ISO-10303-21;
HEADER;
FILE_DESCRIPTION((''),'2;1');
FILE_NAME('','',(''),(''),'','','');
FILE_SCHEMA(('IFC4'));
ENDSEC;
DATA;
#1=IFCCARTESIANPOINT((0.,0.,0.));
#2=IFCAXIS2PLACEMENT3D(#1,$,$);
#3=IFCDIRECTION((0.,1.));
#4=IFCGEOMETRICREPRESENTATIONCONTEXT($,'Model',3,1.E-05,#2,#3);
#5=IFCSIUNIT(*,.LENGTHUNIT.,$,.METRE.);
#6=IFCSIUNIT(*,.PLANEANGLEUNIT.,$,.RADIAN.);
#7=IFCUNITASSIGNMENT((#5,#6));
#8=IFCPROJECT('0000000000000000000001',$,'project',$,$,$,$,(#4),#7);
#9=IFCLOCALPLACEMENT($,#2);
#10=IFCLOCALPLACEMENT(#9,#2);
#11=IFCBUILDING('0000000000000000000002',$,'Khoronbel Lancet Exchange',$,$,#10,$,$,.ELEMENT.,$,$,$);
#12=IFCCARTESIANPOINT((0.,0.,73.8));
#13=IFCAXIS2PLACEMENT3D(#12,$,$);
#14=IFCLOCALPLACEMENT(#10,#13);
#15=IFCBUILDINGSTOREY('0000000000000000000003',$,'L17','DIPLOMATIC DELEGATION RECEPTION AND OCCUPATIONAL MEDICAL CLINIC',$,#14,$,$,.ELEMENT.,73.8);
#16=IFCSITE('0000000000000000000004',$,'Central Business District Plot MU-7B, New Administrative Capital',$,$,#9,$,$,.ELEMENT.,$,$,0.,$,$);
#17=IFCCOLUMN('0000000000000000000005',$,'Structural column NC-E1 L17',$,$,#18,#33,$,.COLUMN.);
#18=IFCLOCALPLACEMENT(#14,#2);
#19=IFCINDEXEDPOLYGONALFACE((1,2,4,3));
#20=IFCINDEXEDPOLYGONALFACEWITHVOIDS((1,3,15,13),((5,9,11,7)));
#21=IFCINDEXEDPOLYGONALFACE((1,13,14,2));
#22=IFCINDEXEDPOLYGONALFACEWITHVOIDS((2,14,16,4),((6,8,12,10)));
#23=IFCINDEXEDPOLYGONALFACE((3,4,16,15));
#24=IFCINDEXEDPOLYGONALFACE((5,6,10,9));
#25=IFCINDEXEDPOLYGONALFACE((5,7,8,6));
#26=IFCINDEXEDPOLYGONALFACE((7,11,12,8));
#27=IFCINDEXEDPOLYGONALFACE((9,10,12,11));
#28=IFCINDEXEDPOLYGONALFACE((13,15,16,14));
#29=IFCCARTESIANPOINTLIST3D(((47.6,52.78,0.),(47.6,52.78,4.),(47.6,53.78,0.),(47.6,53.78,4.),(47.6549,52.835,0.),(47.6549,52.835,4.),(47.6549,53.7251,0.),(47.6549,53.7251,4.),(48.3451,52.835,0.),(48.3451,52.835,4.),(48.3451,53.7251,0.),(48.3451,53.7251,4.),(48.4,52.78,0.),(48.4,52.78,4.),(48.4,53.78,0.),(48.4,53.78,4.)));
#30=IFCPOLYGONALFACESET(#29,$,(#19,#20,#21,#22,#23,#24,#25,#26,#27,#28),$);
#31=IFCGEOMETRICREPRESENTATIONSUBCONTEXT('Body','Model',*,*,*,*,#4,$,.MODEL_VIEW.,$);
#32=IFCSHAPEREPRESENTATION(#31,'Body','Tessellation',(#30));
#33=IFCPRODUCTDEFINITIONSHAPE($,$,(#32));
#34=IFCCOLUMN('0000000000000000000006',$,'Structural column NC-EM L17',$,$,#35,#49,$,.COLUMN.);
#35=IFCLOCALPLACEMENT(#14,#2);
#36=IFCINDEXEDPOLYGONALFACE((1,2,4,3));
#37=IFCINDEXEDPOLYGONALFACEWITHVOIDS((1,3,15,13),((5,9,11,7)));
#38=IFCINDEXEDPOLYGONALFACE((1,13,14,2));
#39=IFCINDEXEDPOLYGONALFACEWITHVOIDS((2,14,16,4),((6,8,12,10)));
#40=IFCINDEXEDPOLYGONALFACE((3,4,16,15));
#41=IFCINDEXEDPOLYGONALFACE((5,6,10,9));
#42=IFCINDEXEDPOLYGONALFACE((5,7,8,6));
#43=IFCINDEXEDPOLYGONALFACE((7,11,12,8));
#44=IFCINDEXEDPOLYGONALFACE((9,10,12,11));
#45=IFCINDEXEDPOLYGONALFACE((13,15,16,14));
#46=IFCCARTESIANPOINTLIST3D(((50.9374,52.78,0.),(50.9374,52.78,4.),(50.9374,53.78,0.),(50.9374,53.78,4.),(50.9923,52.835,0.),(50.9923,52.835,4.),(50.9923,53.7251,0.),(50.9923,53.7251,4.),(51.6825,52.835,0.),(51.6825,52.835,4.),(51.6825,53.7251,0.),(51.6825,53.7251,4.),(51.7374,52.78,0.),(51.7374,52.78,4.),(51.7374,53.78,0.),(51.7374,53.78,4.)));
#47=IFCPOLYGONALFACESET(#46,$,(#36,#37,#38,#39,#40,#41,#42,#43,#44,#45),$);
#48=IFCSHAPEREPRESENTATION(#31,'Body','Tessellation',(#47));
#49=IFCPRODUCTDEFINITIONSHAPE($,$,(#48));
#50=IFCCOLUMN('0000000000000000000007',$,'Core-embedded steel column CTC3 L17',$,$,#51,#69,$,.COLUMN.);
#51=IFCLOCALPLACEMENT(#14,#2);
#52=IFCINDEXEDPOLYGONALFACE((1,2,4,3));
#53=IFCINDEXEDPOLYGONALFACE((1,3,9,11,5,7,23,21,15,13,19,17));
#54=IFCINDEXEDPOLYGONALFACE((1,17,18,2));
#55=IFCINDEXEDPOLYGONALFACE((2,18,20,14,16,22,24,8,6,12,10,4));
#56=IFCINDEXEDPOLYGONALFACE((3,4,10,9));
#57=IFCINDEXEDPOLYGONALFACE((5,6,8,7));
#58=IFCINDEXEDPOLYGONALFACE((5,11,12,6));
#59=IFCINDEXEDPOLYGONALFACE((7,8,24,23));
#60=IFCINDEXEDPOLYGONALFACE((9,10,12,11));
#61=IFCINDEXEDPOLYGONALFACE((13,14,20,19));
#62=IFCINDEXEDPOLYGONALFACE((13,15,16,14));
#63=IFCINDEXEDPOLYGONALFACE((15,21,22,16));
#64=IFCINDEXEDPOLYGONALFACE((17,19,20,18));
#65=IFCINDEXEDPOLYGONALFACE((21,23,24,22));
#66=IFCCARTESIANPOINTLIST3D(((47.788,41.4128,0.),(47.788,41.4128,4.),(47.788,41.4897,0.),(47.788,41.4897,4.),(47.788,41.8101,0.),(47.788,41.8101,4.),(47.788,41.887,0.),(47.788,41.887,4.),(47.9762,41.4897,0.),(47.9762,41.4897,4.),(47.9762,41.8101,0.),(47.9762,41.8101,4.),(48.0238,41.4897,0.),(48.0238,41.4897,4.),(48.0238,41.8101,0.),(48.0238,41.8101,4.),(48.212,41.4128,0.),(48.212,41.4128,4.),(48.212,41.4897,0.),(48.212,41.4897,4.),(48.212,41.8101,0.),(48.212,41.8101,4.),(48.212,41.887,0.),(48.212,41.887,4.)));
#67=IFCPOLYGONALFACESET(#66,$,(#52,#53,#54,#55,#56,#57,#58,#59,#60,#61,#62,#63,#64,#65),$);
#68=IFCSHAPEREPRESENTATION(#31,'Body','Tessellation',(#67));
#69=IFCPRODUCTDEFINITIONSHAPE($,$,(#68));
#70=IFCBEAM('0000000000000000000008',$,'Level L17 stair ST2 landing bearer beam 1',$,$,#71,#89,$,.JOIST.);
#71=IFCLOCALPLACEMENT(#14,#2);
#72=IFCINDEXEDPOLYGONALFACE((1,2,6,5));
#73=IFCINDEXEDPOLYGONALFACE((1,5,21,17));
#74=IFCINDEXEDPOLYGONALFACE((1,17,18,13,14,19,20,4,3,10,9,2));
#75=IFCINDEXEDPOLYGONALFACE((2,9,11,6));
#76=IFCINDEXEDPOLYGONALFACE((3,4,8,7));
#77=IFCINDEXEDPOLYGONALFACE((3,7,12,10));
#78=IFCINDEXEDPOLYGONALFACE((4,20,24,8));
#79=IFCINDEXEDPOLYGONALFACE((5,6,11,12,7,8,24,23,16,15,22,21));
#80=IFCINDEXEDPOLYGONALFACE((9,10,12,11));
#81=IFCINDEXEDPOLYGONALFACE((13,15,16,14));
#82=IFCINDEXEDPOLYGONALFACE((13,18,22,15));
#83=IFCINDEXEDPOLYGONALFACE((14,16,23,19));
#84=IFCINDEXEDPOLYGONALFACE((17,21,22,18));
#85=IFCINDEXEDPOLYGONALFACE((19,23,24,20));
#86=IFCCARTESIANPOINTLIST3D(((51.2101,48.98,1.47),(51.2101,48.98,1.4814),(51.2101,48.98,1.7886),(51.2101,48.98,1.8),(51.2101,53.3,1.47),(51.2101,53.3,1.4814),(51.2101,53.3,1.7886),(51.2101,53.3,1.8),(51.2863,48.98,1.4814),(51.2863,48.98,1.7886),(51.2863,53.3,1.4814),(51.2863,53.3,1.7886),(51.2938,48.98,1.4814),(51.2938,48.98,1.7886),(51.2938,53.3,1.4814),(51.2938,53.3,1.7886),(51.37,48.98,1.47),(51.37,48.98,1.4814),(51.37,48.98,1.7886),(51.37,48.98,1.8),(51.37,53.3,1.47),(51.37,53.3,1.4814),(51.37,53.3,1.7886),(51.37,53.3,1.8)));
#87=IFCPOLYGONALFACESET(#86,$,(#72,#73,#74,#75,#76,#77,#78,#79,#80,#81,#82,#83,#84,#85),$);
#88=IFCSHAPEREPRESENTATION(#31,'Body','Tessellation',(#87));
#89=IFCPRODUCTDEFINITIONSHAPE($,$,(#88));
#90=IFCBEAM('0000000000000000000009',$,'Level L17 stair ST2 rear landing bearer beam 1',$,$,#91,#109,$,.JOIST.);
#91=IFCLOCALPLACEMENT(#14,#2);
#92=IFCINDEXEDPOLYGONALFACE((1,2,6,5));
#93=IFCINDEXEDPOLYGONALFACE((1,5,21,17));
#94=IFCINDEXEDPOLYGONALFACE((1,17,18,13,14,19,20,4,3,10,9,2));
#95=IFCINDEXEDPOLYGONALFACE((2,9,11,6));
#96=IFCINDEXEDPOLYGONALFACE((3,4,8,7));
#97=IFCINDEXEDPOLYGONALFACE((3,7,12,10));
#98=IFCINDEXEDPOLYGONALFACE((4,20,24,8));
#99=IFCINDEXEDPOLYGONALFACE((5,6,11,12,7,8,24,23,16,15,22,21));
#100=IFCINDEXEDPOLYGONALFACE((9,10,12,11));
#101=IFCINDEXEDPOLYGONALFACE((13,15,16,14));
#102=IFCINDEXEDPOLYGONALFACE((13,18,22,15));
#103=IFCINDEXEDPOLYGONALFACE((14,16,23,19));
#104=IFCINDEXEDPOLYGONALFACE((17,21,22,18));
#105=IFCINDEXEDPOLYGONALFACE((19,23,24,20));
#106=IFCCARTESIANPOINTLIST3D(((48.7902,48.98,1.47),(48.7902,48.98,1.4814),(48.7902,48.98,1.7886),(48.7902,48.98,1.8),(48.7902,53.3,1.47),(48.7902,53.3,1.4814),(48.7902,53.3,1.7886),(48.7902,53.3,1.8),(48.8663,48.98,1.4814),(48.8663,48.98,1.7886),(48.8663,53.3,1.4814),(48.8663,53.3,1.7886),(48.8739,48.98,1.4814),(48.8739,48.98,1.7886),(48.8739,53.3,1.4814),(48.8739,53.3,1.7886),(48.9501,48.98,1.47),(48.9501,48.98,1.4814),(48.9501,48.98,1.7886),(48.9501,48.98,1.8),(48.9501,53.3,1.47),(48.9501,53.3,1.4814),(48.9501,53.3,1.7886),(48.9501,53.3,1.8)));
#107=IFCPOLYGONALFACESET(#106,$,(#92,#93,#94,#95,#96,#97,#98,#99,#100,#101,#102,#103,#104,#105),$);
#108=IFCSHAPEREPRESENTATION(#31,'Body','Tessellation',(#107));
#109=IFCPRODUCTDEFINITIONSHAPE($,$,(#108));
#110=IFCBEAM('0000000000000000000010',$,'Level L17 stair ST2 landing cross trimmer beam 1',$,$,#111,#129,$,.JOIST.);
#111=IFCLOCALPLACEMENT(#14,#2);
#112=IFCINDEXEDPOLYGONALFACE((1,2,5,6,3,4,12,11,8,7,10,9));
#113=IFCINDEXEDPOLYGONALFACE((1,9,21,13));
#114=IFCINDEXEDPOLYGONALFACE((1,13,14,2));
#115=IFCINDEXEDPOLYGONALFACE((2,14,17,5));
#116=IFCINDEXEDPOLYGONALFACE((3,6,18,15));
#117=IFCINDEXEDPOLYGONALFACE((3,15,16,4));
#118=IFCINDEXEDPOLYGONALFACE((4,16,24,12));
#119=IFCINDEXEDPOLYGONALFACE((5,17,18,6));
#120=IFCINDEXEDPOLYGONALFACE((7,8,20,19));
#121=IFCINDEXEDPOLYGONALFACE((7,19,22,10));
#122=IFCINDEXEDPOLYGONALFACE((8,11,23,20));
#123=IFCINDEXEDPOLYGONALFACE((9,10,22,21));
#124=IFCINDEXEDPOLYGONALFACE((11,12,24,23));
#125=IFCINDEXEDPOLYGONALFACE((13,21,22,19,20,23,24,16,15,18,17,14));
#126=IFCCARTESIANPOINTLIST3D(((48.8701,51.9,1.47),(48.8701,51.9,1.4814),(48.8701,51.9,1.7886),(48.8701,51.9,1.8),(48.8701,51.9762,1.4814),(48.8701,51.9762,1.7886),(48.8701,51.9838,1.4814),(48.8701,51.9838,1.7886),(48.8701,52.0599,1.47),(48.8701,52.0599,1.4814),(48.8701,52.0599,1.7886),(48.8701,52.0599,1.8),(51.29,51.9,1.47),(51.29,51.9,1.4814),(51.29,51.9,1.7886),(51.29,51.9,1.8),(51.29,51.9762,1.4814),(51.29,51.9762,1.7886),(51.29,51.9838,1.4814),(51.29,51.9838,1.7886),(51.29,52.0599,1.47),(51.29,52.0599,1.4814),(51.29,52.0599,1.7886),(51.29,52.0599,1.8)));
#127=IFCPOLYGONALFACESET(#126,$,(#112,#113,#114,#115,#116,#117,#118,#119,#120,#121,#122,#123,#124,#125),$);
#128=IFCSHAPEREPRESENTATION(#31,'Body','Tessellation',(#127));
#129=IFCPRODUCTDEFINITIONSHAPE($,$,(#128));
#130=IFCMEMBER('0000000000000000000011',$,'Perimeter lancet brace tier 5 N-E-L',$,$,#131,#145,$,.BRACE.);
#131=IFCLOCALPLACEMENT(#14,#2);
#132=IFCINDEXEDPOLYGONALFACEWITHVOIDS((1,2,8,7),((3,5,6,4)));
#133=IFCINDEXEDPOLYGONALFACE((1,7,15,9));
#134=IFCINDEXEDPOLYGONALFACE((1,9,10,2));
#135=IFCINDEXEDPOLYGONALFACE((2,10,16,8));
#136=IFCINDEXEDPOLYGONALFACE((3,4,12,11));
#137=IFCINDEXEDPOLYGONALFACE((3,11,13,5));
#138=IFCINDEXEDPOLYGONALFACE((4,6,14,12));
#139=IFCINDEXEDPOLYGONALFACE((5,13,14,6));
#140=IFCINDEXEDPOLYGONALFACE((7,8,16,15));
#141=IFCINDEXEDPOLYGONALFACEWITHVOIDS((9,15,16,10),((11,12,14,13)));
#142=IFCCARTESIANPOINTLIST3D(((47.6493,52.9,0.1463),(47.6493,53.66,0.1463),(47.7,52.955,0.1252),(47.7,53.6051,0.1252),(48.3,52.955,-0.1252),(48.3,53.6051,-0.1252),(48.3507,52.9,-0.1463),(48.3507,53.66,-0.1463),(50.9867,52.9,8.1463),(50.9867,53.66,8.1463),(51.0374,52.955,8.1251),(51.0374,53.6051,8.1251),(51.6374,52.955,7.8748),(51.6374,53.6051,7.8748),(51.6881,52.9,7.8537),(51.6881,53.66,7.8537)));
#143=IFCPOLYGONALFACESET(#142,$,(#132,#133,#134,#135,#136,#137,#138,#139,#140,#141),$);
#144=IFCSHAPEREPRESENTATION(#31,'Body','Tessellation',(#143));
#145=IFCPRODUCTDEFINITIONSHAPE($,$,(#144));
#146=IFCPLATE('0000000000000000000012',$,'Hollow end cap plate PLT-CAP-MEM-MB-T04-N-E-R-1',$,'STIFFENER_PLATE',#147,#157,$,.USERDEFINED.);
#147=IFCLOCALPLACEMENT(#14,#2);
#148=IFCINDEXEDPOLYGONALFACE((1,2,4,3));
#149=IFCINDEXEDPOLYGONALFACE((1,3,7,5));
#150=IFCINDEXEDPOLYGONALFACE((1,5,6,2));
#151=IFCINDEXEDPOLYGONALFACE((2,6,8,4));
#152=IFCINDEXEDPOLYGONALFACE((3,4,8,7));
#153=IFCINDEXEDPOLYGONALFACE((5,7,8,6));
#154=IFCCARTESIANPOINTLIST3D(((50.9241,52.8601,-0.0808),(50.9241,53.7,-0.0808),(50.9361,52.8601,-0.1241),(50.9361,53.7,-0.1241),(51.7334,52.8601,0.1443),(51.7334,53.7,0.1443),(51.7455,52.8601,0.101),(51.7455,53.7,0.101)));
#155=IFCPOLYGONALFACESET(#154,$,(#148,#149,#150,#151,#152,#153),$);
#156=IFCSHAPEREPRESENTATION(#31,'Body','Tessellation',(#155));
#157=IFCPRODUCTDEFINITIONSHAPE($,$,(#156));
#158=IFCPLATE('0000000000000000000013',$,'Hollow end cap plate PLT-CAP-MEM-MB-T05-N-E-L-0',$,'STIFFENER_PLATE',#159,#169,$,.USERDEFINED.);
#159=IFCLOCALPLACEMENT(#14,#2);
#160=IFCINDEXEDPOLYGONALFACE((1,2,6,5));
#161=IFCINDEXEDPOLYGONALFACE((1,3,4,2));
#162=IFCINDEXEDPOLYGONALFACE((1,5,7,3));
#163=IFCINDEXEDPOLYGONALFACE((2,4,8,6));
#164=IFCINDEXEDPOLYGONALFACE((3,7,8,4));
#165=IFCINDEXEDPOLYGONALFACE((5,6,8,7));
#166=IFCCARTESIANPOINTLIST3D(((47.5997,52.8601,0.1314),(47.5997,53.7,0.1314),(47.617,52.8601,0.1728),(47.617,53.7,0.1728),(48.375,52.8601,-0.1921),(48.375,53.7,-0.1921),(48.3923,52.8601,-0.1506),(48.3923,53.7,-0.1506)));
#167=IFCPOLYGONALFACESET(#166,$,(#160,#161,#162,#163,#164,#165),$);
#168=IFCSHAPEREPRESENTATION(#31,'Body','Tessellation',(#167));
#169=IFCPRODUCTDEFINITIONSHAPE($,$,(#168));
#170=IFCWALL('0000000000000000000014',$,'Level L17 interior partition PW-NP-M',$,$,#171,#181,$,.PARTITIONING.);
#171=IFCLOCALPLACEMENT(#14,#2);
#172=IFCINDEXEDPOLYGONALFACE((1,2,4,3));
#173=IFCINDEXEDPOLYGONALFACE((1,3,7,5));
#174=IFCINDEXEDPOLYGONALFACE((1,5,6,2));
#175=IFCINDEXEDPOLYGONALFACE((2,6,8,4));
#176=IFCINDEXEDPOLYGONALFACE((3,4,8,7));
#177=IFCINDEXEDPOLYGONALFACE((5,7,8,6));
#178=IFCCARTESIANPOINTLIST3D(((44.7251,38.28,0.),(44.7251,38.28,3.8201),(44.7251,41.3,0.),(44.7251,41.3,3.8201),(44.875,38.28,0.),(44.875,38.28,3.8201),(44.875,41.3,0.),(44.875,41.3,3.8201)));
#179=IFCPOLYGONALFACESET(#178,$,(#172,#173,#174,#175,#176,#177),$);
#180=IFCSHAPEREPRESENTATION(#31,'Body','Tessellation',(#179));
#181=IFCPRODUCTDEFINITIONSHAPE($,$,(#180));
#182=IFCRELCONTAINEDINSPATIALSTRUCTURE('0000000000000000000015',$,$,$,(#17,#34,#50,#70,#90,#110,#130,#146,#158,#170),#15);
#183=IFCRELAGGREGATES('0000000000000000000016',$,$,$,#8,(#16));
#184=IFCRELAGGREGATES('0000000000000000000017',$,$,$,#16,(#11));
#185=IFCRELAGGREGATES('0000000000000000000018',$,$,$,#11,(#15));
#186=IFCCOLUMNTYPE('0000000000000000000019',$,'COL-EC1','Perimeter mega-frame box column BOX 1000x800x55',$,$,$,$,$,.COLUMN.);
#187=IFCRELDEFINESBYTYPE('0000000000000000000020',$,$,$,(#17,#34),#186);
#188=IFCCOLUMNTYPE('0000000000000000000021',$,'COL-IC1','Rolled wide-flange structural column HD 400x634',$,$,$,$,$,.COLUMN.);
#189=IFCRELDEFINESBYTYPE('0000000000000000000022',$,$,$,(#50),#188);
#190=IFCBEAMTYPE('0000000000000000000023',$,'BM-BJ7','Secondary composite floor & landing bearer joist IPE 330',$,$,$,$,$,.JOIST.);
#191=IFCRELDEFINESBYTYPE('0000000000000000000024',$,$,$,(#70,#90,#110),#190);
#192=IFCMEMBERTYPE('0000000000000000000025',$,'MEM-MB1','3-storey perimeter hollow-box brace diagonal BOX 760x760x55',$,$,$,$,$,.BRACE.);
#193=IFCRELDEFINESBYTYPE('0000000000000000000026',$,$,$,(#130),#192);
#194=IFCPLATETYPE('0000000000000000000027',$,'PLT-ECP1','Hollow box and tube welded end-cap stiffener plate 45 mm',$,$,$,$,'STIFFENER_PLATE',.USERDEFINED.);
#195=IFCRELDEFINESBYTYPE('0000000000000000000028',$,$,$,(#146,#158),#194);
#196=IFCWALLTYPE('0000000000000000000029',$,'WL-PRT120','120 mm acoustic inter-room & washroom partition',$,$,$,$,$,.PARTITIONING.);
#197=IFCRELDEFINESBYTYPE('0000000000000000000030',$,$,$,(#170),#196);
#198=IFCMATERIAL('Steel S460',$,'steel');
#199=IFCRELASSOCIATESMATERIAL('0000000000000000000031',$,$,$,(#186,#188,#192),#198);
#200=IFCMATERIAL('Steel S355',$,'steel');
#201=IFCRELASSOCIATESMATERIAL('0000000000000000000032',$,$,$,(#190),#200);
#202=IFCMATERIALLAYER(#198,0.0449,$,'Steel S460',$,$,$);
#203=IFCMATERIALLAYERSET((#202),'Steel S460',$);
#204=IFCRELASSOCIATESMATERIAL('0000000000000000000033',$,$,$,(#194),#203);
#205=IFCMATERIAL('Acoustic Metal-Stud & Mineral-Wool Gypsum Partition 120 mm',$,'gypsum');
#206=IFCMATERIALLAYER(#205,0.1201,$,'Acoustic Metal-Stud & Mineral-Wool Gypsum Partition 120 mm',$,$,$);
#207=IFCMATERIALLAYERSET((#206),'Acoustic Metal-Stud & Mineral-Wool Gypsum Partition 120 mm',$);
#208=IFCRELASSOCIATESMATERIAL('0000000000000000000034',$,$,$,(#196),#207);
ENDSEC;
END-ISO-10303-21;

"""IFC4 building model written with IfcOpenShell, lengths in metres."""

from ifc_helpers import new_model, si_unit, direction, frame, frame_2d, origin, origin_2d, place, context, subcontext, project, spatial, polyline, rectangle, hollow_rectangle, i_section, outline, extrude, material, layer, layer_set, material_profile, profile_set, type_object, element, save


model = new_model("IFC4")

# Units and contexts
model_context = context("Model", 3, precision=1e-05, world=origin(), true_north=direction((0.0, 1.0)))
body_context = subcontext(model_context, "Body", "Model", "MODEL_VIEW")
ifc_project = project(units=[si_unit("LENGTHUNIT", "METRE"), si_unit("PLANEANGLEUNIT", "RADIAN")], contexts=[model_context])

# Site, building, storey
site_placement = place(None, origin())
site = spatial("IfcSite", under=ifc_project, at=site_placement, Name="Central Business District Plot MU-7B, New Administrative Capital", CompositionType="ELEMENT", RefElevation=0.0)
building_placement = place(site_placement, origin())
building = spatial("IfcBuilding", under=site, at=building_placement, Name="Khoronbel Lancet Exchange", CompositionType="ELEMENT")
storey_placement = place(building_placement, frame((0.0, 0.0, 73.8)))
storey = spatial("IfcBuildingStorey", under=building, at=storey_placement, Name="L17", Description="DIPLOMATIC DELEGATION RECEPTION AND OCCUPATIONAL MEDICAL CLINIC", CompositionType="ELEMENT", Elevation=73.8)

# Columns
ifc_material_1 = material(Name="Steel S460", Category="steel")
ifc_material_profile_1 = material_profile(ifc_material_1, hollow_rectangle(XDim=0.8, YDim=1.0, WallThickness=0.0549, at=origin_2d()), Name="BOX 1000x800x55")
ifc_profile_set_1 = profile_set([ifc_material_profile_1], Name="Steel S460")
column_type_1 = type_object("IfcColumnType", Name="COL-EC1", Description="Perimeter mega-frame box column BOX 1000x800x55", PredefinedType="COLUMN", material=ifc_profile_set_1)
for number, where, z_axis, x_axis, name in (
    (1, (48.0, 53.28, 0.0), (0.0, 0.0, 1.0), (1.0, 0.0, 0.0), "Structural column NC-E1 L17"),
    (2, (51.3374, 53.28, 0.0), (0.0, 0.0, 1.0), (1.0, 0.0, 0.0), "Structural column NC-EM L17"),
):
    element("IfcColumn", number, at=place(storey_placement, frame(where, z_axis=z_axis, x_axis=x_axis)), inside=storey, type_object=column_type_1, Name=name, PredefinedType="COLUMN", context=body_context, shape_type="SweptSolid", body=[
        extrude(hollow_rectangle(XDim=0.8, YDim=1.0, WallThickness=0.0549, at=origin_2d()), origin(), (0.0, 0.0, 1.0), 4.0),
    ])
ifc_material_profile_2 = material_profile(ifc_material_1, i_section(OverallWidth=0.4241, OverallDepth=0.4741, WebThickness=0.0476, FlangeThickness=0.0769, at=origin_2d()), Name="HD 400x634")
ifc_profile_set_2 = profile_set([ifc_material_profile_2], Name="Steel S460")
column_type_2 = type_object("IfcColumnType", Name="COL-IC1", Description="Rolled wide-flange structural column HD 400x634", PredefinedType="COLUMN", material=ifc_profile_set_2)
column_placement = place(storey_placement, frame((48.0, 41.6499, 0.0), z_axis=(0.0, 0.0, 1.0), x_axis=(1.0, 0.0, 0.0)))
element("IfcColumn", 3, at=column_placement, inside=storey, type_object=column_type_2, Name="Core-embedded steel column CTC3 L17", PredefinedType="COLUMN", context=body_context, shape_type="SweptSolid", body=[
    extrude(i_section(OverallWidth=0.4241, OverallDepth=0.4741, WebThickness=0.0476, FlangeThickness=0.0769, at=origin_2d()), origin(), (0.0, 0.0, 1.0), 4.0),
])

# Beams
ifc_material_2 = material(Name="Steel S355", Category="steel")
ifc_material_profile_3 = material_profile(ifc_material_2, i_section(OverallWidth=0.1599, OverallDepth=0.3301, WebThickness=0.0076, FlangeThickness=0.0115, at=origin_2d()), Name="IPE 330")
ifc_profile_set_3 = profile_set([ifc_material_profile_3], Name="Steel S355")
beam_type = type_object("IfcBeamType", Name="BM-BJ7", Description="Secondary composite floor & landing bearer joist IPE 330", PredefinedType="JOIST", material=ifc_profile_set_3)
for number, where, z_axis, x_axis, name in (
    (4, (51.29, 48.98, 1.635), (0.0, 1.0, 0.0), (-1.0, 0.0, 0.0), "Level L17 stair ST2 landing bearer beam 1"),
    (5, (48.8701, 48.98, 1.635), (0.0, 1.0, 0.0), (-1.0, 0.0, 0.0), "Level L17 stair ST2 rear landing bearer beam 1"),
):
    element("IfcBeam", number, at=place(storey_placement, frame(where, z_axis=z_axis, x_axis=x_axis)), inside=storey, type_object=beam_type, Name=name, PredefinedType="JOIST", context=body_context, shape_type="SweptSolid", body=[
        extrude(i_section(OverallWidth=0.1599, OverallDepth=0.3301, WebThickness=0.0076, FlangeThickness=0.0115, at=origin_2d()), origin(), (0.0, 0.0, 1.0), 4.3201),
    ])
beam_placement = place(storey_placement, frame((48.8701, 51.98, 1.635), z_axis=(1.0, 0.0, 0.0), x_axis=(0.0, 1.0, 0.0)))
element("IfcBeam", 6, at=beam_placement, inside=storey, type_object=beam_type, Name="Level L17 stair ST2 landing cross trimmer beam 1", PredefinedType="JOIST", context=body_context, shape_type="SweptSolid", body=[
    extrude(i_section(OverallWidth=0.1599, OverallDepth=0.3301, WebThickness=0.0076, FlangeThickness=0.0115, at=origin_2d()), origin(), (0.0, 0.0, 1.0), 2.4199),
])

# Member
ifc_material_profile_4 = material_profile(ifc_material_1, hollow_rectangle(XDim=0.76, YDim=0.76, WallThickness=0.0549, at=origin_2d()), Name="BOX 760x760x55")
ifc_profile_set_4 = profile_set([ifc_material_profile_4], Name="Steel S460")
member_type = type_object("IfcMemberType", Name="MEM-MB1", Description="3-storey perimeter hollow-box brace diagonal BOX 760x760x55", PredefinedType="BRACE", material=ifc_profile_set_4)
member_placement = place(storey_placement, frame((48.0, 53.28, 0.0), z_axis=(0.385015, 0.0, 0.92291), x_axis=(0.0, 1.0, 0.0)))
element("IfcMember", 7, at=member_placement, inside=storey, type_object=member_type, Name="Perimeter lancet brace tier 5 N-E-L", PredefinedType="BRACE", context=body_context, shape_type="SweptSolid", body=[
    extrude(hollow_rectangle(XDim=0.76, YDim=0.76, WallThickness=0.0549, at=origin_2d()), origin(), (0.0, 0.0, 1.0), 8.6682),
])

# Plates
ifc_layer_1 = layer(ifc_material_1, 0.0449, Name="Steel S460")
ifc_layer_set_1 = layer_set([ifc_layer_1], Name="Steel S460")
plate_type = type_object("IfcPlateType", Name="PLT-ECP1", Description="Hollow box and tube welded end-cap stiffener plate 45 mm", ElementType="STIFFENER_PLATE", PredefinedType="USERDEFINED", material=ifc_layer_set_1)
for number, where, z_axis, x_axis, name in (
    (8, (50.9241, 53.7, -0.0808), (-0.267959, 0.0, 0.96343), (0.0, -1.0, 0.0), "Hollow end cap plate PLT-CAP-MEM-MB-T04-N-E-R-1"),
    (9, (48.3923, 52.8601, -0.1506), (0.385028, 0.0, 0.922905), (0.0, 1.0, 0.0), "Hollow end cap plate PLT-CAP-MEM-MB-T05-N-E-L-0"),
):
    element("IfcPlate", number, at=place(storey_placement, frame(where, z_axis=z_axis, x_axis=x_axis)), inside=storey, type_object=plate_type, Name=name, ObjectType="STIFFENER_PLATE", PredefinedType="USERDEFINED", context=body_context, shape_type="SweptSolid", body=[
        extrude(outline(polyline([(0.0, 0.0), (0.8398, 0.0), (0.8398, 0.8401), (0.0, 0.8401), (0.0, 0.0)])), origin(), (0.0, 0.0, -1.0), 0.0449),
    ])

# Wall
ifc_material_3 = material(Name="Acoustic Metal-Stud & Mineral-Wool Gypsum Partition 120 mm", Category="gypsum")
ifc_layer_2 = layer(ifc_material_3, 0.1201, Name="Acoustic Metal-Stud & Mineral-Wool Gypsum Partition 120 mm")
ifc_layer_set_2 = layer_set([ifc_layer_2], Name="Acoustic Metal-Stud & Mineral-Wool Gypsum Partition 120 mm")
wall_type_1 = type_object("IfcWallType", Name="WL-PRT120", Description="120 mm acoustic inter-room & washroom partition", PredefinedType="PARTITIONING", material=ifc_layer_set_2)
wall_1_placement = place(storey_placement, frame((44.8, 38.28, 0.0), z_axis=(0.0, 0.0, 1.0), x_axis=(0.0, 1.0, 0.0)))
element("IfcWall", 10, at=wall_1_placement, inside=storey, type_object=wall_type_1, Name="Level L17 interior partition PW-NP-M", PredefinedType="PARTITIONING", context=body_context, shape_type="SweptSolid", body=[
    extrude(rectangle(XDim=3.02, YDim=0.1499, at=frame_2d((1.51, 0.0))), origin(), (0.0, 0.0, 1.0), 3.8201),
])

save(model, "model.ifc")
